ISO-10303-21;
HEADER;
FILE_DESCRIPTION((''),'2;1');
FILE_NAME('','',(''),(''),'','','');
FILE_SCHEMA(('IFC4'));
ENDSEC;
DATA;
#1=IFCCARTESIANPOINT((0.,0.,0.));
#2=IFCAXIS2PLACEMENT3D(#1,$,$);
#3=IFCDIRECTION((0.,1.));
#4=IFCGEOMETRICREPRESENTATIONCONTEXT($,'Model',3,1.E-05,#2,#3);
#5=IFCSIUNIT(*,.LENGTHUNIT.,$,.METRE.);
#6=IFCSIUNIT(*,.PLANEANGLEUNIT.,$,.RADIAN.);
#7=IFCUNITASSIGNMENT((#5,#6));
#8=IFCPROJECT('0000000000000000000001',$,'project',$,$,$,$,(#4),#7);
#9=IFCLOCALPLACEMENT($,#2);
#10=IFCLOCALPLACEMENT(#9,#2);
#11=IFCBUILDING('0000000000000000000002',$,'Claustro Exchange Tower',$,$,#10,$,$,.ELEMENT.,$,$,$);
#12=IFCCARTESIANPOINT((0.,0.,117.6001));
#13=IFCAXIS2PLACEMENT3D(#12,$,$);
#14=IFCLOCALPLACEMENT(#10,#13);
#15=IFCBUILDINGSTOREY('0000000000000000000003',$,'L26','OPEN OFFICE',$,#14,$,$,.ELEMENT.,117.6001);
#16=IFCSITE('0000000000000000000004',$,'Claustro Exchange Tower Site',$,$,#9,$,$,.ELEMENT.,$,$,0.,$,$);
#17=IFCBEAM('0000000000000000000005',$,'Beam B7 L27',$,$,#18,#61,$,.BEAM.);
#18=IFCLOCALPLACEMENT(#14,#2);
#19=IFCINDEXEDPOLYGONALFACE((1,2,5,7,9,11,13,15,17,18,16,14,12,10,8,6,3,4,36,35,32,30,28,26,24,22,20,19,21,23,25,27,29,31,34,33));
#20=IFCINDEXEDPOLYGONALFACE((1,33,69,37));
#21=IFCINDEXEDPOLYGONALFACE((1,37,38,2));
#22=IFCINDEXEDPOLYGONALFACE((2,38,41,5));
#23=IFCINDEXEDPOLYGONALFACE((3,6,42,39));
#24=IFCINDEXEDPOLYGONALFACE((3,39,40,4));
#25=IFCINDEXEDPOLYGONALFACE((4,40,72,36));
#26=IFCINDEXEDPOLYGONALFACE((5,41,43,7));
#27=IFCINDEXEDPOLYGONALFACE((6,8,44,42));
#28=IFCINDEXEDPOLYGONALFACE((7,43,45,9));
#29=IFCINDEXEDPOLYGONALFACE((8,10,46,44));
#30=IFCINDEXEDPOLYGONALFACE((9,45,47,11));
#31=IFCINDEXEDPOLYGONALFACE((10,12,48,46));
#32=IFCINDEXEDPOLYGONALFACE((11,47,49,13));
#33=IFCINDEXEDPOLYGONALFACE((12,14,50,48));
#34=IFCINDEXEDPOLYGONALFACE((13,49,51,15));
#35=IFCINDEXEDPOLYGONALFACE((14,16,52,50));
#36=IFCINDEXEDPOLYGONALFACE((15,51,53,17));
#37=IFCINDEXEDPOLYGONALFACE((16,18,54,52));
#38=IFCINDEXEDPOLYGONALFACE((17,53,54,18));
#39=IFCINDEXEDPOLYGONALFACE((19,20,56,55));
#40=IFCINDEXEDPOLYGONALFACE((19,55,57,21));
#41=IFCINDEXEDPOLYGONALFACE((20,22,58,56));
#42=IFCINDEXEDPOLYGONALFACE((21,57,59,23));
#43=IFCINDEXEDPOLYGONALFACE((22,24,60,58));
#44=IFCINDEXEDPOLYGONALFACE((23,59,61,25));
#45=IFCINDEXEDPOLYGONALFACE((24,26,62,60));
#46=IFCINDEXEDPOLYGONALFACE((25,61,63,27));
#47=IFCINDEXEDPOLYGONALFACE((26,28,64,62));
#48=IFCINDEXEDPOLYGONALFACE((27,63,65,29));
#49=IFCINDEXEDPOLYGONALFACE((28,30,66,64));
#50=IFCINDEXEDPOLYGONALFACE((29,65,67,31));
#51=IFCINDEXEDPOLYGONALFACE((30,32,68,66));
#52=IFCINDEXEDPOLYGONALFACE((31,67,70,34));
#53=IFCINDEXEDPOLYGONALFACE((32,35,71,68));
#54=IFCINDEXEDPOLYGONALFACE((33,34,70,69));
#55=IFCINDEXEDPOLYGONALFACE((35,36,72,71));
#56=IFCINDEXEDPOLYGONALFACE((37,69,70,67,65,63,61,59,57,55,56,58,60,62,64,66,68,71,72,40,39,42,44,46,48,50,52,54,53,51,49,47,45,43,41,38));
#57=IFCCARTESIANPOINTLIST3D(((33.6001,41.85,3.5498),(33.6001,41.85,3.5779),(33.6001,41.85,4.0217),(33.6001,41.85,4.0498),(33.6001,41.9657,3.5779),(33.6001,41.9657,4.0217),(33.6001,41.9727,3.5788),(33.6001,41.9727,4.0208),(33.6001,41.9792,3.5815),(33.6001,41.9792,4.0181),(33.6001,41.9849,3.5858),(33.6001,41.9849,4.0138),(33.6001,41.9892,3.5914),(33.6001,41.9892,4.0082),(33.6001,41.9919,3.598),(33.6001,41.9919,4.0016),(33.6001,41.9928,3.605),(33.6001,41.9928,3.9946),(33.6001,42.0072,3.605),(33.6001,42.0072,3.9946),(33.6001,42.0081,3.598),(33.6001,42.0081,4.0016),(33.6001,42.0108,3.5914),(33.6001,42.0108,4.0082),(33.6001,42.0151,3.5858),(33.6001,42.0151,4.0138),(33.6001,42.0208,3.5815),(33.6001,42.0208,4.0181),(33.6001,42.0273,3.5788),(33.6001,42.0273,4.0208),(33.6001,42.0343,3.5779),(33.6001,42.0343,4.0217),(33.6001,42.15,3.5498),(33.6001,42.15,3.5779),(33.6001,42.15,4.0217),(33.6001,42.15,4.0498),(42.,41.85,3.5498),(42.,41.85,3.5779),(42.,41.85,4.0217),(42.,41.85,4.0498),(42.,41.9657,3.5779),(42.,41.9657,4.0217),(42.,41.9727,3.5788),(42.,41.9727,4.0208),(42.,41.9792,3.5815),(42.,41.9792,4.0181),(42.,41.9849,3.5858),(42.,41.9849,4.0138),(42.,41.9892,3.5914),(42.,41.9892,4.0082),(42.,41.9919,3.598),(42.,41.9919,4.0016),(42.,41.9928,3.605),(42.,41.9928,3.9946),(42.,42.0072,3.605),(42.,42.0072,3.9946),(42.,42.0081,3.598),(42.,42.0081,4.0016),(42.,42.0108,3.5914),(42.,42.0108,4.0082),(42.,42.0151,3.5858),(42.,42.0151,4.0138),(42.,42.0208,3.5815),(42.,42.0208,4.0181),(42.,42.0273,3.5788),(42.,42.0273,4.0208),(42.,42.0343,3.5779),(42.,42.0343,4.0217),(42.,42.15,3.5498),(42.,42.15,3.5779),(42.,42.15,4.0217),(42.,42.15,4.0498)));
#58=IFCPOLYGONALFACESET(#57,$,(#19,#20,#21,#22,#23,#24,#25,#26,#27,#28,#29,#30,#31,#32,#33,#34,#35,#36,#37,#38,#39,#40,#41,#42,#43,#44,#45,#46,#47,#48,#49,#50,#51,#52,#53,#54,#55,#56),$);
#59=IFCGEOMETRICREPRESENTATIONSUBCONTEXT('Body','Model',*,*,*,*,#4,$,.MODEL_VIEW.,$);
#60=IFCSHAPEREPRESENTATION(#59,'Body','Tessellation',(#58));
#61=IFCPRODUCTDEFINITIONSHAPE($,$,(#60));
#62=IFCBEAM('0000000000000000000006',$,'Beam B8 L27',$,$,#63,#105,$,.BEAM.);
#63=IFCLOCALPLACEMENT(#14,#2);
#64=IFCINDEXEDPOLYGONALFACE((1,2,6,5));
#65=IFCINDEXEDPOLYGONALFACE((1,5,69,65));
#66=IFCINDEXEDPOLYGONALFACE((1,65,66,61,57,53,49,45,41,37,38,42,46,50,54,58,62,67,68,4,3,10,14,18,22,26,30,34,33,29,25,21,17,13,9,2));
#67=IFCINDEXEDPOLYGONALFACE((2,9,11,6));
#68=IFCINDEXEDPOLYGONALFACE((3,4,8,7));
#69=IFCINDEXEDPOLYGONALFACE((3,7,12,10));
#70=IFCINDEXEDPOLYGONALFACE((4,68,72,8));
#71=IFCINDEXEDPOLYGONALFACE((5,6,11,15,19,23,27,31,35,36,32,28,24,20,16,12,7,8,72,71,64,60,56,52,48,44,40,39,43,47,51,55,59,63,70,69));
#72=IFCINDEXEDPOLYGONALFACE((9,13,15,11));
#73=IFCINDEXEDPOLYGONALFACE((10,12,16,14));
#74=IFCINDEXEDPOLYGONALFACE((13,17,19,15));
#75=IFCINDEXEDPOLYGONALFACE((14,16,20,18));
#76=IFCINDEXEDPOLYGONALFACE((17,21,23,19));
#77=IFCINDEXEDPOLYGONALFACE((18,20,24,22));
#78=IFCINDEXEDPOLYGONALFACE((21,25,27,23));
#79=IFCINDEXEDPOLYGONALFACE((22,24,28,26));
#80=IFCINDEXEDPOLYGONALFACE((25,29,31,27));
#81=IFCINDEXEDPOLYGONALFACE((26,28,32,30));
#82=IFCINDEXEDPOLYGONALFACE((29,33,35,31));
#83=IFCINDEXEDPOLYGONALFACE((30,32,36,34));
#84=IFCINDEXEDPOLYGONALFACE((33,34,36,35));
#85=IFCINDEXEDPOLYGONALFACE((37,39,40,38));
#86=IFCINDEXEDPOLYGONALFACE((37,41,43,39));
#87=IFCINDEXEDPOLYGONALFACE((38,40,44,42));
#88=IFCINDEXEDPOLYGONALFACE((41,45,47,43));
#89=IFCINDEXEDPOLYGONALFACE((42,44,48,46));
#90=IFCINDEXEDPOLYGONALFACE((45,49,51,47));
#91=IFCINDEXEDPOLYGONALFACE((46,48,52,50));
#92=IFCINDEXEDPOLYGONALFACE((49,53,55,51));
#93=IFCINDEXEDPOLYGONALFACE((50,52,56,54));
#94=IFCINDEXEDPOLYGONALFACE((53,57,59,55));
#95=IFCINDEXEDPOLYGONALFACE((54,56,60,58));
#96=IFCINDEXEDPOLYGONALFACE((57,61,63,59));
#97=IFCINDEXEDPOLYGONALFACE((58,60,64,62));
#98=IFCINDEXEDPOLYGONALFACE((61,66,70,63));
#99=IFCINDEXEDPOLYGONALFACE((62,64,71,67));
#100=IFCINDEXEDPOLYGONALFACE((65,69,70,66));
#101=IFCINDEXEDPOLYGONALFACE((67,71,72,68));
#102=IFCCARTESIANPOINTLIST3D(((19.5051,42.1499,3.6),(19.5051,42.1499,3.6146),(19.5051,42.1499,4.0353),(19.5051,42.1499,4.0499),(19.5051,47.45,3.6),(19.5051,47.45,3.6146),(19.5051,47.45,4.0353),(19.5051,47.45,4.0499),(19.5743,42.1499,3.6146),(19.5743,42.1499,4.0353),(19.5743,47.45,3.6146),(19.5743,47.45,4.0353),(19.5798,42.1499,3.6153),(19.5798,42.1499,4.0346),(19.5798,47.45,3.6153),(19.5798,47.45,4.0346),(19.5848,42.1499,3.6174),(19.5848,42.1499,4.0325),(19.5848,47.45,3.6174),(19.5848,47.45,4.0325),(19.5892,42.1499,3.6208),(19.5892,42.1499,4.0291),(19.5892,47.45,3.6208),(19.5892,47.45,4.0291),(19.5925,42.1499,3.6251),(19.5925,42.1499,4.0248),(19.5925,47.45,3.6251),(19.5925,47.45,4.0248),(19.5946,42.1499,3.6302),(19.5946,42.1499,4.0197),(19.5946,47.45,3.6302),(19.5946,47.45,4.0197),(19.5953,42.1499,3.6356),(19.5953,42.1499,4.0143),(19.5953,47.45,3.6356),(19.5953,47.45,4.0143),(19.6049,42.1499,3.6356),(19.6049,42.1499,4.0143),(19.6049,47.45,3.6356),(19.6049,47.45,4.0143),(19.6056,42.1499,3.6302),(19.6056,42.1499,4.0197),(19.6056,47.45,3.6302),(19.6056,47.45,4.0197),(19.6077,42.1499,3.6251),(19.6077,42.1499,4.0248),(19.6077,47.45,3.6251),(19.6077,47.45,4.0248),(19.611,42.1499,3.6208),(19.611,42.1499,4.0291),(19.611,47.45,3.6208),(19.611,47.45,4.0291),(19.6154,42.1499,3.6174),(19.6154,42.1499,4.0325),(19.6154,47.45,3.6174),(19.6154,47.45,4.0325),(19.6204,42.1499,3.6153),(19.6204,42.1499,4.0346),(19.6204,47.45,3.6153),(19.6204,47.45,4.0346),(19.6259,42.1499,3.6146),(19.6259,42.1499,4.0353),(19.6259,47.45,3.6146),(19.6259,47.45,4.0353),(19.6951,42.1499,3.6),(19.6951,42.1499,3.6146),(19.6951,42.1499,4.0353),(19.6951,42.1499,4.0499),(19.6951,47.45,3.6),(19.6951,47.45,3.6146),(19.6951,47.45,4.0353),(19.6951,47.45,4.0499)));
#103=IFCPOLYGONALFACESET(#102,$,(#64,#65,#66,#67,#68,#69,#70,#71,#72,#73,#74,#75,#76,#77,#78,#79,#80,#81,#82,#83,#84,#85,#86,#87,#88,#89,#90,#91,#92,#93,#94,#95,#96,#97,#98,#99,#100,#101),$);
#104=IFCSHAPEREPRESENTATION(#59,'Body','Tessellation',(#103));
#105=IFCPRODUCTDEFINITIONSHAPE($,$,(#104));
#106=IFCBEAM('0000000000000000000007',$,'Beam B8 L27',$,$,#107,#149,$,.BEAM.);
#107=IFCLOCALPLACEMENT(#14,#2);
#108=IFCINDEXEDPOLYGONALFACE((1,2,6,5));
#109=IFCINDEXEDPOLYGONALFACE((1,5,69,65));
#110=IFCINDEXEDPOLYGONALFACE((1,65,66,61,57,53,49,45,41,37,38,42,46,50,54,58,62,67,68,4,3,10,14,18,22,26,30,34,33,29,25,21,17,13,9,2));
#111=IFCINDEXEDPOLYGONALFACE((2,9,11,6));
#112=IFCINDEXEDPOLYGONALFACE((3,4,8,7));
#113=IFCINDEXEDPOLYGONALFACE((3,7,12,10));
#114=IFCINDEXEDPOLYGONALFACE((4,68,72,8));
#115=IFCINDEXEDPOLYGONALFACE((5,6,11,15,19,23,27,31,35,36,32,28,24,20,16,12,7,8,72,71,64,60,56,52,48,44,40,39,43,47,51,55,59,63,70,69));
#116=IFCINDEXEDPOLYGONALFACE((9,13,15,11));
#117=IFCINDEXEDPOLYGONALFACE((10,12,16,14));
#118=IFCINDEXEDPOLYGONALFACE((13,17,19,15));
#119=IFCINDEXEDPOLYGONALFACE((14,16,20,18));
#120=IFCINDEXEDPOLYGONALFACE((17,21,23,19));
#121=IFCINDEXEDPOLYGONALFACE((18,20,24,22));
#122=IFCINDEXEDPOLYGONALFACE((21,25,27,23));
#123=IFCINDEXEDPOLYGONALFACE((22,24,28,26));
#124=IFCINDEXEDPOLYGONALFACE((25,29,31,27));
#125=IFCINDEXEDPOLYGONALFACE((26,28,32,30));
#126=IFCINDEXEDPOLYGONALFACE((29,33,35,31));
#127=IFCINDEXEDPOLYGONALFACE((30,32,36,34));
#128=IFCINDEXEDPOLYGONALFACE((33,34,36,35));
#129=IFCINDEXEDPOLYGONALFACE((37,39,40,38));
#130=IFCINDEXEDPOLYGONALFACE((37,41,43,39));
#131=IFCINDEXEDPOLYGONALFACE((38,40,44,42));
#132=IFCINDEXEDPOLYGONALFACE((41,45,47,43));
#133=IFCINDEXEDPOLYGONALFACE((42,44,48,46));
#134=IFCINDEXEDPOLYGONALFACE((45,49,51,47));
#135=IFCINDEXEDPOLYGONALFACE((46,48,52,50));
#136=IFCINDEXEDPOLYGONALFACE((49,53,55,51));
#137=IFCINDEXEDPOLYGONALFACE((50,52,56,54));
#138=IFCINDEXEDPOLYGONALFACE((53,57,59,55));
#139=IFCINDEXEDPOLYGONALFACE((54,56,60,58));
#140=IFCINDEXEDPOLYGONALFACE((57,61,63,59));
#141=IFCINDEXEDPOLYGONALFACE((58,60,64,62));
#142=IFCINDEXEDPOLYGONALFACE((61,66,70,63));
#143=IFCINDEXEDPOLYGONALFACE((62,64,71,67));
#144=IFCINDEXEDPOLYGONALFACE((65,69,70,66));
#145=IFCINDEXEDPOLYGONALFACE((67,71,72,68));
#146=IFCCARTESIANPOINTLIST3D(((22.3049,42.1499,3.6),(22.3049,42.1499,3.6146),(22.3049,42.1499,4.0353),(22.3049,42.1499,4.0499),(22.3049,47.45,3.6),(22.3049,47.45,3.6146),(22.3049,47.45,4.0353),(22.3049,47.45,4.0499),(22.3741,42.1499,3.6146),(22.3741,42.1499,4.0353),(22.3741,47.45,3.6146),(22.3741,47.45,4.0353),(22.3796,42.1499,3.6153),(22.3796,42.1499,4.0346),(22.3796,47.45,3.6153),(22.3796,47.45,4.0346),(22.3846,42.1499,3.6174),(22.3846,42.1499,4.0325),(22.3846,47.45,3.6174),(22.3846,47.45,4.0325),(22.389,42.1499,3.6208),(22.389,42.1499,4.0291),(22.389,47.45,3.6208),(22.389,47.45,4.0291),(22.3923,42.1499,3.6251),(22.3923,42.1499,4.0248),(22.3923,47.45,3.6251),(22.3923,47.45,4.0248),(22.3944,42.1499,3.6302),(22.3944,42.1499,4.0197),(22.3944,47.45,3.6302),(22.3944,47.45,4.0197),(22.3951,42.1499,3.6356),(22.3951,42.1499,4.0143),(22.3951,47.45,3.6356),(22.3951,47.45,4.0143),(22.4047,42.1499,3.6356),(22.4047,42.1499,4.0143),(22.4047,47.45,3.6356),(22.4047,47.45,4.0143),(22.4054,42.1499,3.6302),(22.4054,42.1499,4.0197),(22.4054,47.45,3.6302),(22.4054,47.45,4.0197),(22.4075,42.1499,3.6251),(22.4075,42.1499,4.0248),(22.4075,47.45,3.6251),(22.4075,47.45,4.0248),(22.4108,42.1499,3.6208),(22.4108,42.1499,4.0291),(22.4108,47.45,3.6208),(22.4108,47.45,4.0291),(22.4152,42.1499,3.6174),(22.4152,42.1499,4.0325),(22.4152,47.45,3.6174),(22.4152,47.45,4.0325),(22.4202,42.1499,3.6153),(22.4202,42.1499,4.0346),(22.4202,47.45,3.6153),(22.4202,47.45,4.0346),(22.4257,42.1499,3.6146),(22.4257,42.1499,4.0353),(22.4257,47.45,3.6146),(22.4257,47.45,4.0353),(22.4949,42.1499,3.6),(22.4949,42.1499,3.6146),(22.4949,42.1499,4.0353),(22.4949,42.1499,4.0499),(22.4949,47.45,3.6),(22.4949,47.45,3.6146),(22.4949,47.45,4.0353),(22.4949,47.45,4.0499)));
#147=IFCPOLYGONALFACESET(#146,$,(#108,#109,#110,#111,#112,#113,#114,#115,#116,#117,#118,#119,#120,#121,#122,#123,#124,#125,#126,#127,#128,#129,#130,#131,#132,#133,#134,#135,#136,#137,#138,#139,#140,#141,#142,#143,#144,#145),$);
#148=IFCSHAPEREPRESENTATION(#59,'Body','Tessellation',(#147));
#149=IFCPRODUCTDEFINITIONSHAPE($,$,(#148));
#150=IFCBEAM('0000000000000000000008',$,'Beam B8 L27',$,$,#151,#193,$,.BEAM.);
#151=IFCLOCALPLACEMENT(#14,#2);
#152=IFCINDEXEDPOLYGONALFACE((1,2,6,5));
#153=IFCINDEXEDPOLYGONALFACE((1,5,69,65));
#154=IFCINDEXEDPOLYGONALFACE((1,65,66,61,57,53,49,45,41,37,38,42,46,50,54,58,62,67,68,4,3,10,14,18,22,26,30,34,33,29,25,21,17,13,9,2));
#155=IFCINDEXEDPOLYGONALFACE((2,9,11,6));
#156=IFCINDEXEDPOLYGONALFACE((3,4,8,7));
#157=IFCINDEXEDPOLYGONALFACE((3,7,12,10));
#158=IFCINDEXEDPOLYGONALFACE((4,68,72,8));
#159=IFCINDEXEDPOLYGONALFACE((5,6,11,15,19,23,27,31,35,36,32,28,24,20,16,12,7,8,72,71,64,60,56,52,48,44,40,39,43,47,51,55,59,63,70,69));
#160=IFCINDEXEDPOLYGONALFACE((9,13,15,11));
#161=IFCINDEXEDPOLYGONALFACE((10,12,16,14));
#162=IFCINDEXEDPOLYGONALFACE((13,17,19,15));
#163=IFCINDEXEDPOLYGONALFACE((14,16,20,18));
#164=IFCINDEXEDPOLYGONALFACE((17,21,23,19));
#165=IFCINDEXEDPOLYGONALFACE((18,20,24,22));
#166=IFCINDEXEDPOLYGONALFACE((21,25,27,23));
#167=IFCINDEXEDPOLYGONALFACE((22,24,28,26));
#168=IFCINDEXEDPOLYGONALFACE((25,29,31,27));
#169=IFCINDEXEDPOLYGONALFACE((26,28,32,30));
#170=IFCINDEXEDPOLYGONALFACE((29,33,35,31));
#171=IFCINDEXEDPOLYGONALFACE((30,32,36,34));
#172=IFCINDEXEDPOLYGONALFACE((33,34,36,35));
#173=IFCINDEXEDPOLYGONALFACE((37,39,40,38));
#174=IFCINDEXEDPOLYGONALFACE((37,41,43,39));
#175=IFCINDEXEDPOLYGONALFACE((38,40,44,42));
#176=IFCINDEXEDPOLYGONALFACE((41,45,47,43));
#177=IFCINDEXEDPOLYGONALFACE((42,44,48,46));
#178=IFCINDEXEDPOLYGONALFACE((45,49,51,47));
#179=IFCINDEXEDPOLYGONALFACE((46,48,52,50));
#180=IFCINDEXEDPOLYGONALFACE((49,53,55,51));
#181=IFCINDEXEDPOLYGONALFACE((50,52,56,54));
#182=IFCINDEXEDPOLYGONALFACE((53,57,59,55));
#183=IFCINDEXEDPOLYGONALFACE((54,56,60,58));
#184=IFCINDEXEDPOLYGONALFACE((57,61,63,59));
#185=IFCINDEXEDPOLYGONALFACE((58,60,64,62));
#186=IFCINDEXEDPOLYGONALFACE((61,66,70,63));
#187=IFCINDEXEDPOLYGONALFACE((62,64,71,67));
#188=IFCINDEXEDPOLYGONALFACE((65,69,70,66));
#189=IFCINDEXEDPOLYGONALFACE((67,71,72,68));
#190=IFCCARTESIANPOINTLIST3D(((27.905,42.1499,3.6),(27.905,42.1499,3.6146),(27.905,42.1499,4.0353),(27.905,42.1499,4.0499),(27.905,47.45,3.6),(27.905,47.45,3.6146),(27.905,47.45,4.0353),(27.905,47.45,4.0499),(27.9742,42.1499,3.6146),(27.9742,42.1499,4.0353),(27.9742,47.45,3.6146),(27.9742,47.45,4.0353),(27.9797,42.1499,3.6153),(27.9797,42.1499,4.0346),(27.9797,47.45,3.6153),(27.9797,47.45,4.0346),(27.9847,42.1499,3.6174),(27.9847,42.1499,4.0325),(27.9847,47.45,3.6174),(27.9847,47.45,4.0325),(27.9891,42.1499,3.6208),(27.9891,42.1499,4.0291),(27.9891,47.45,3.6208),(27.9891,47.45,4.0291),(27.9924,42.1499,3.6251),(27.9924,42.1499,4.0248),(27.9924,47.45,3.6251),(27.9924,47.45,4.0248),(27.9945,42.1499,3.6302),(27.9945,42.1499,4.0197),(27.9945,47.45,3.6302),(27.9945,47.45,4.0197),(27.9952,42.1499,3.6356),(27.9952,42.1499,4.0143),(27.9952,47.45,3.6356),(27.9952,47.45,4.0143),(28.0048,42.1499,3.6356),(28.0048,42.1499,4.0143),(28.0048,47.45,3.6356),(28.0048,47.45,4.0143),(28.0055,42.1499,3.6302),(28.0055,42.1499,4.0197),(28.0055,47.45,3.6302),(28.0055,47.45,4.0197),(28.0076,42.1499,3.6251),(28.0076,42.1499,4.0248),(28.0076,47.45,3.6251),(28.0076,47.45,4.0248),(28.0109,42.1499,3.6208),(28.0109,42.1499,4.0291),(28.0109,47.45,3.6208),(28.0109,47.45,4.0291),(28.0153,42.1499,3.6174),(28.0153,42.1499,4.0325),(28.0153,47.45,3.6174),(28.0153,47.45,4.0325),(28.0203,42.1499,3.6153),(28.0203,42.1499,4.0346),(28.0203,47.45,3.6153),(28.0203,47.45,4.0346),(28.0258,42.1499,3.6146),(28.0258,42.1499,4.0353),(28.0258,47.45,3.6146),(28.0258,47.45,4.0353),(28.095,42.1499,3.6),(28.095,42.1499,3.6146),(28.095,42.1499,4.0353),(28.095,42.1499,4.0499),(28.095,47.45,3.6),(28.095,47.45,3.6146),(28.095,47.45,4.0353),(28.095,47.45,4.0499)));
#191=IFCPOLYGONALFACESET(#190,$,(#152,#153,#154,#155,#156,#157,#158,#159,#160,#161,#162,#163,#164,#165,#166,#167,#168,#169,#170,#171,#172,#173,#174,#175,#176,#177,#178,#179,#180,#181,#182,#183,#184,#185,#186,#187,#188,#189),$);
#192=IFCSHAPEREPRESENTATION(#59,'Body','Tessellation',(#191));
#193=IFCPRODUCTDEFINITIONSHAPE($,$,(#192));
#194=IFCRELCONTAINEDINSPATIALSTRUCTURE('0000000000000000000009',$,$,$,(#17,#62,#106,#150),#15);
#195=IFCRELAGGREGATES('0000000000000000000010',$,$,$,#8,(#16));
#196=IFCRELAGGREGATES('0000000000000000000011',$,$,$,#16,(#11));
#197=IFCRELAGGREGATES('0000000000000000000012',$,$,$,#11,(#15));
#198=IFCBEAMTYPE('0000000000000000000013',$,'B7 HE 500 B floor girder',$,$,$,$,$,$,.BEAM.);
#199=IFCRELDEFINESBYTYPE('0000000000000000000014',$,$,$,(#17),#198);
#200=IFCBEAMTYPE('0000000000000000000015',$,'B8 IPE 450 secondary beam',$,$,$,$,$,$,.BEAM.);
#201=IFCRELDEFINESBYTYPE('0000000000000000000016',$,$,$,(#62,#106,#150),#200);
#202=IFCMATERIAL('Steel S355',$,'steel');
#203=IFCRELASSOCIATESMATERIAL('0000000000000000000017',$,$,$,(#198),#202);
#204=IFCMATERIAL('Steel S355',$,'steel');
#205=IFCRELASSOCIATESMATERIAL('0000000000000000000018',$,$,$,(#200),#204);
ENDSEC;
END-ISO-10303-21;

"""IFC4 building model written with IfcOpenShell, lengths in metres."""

from ifc_helpers import new_model, si_unit, direction, frame, origin, origin_2d, place, context, subcontext, project, spatial, i_section, extrude, material, material_profile, profile_set, type_object, element, save


model = new_model("IFC4")

# Units and contexts
model_context = context("Model", 3, precision=1e-05, world=origin(), true_north=direction((0.0, 1.0)))
body_context = subcontext(model_context, "Body", "Model", "MODEL_VIEW")
ifc_project = project(units=[si_unit("LENGTHUNIT", "METRE"), si_unit("PLANEANGLEUNIT", "RADIAN")], contexts=[model_context])

# Site, building, storey
site_placement = place(None, origin())
site = spatial("IfcSite", under=ifc_project, at=site_placement, Name="Claustro Exchange Tower Site", CompositionType="ELEMENT", RefElevation=0.0)
building_placement = place(site_placement, origin())
building = spatial("IfcBuilding", under=site, at=building_placement, Name="Claustro Exchange Tower", CompositionType="ELEMENT")
storey_placement = place(building_placement, frame((0.0, 0.0, 117.6001)))
storey = spatial("IfcBuildingStorey", under=building, at=storey_placement, Name="L26", Description="OPEN OFFICE", CompositionType="ELEMENT", Elevation=117.6001)

# Beams
ifc_material_1 = material(Name="Steel S355", Category="steel")
ifc_material_profile_1 = material_profile(ifc_material_1, i_section(OverallWidth=0.3, OverallDepth=0.5, WebThickness=0.0144, FlangeThickness=0.0281, FilletRadius=0.0271, at=origin_2d()), Name="HE 500 B")
ifc_profile_set_1 = profile_set([ifc_material_profile_1], Name="Steel S355")
beam_type_1 = type_object("IfcBeamType", Name="B7 HE 500 B floor girder", PredefinedType="BEAM", material=ifc_profile_set_1)
beam_1_placement = place(storey_placement, frame((33.6001, 42.0, 3.7998), z_axis=(1.0, 0.0, 0.0), x_axis=(0.0, 1.0, 0.0)))
element("IfcBeam", 1, at=beam_1_placement, inside=storey, type_object=beam_type_1, Name="Beam B7 L27", PredefinedType="BEAM", context=body_context, shape_type="SweptSolid", body=[
    extrude(i_section(OverallWidth=0.3, OverallDepth=0.5, WebThickness=0.0144, FlangeThickness=0.0281, FilletRadius=0.0271, at=origin_2d()), origin(), (0.0, 0.0, 1.0), 8.3999),
])
ifc_material_2 = material(Name="Steel S355", Category="steel")
ifc_material_profile_2 = material_profile(ifc_material_2, i_section(OverallWidth=0.1899, OverallDepth=0.45, WebThickness=0.0095, FlangeThickness=0.0146, FilletRadius=0.021, at=origin_2d()), Name="IPE 450")
ifc_profile_set_2 = profile_set([ifc_material_profile_2], Name="Steel S355")
beam_type_2 = type_object("IfcBeamType", Name="B8 IPE 450 secondary beam", PredefinedType="BEAM", material=ifc_profile_set_2)
for number, where, z_axis, x_axis, name in (
    (2, (19.6001, 42.1499, 3.825), (0.0, 1.0, 0.0), (-1.0, 0.0, 0.0), "Beam B8 L27"),
    (3, (22.3999, 42.1499, 3.825), (0.0, 1.0, 0.0), (-1.0, 0.0, 0.0), "Beam B8 L27"),
    (4, (28.0, 42.1499, 3.825), (0.0, 1.0, 0.0), (-1.0, 0.0, 0.0), "Beam B8 L27"),
):
    element("IfcBeam", number, at=place(storey_placement, frame(where, z_axis=z_axis, x_axis=x_axis)), inside=storey, type_object=beam_type_2, Name=name, PredefinedType="BEAM", context=body_context, shape_type="SweptSolid", body=[
        extrude(i_section(OverallWidth=0.1899, OverallDepth=0.45, WebThickness=0.0095, FlangeThickness=0.0146, FilletRadius=0.021, at=origin_2d()), origin(), (0.0, 0.0, 1.0), 5.3),
    ])

save(model, "model.ifc")
